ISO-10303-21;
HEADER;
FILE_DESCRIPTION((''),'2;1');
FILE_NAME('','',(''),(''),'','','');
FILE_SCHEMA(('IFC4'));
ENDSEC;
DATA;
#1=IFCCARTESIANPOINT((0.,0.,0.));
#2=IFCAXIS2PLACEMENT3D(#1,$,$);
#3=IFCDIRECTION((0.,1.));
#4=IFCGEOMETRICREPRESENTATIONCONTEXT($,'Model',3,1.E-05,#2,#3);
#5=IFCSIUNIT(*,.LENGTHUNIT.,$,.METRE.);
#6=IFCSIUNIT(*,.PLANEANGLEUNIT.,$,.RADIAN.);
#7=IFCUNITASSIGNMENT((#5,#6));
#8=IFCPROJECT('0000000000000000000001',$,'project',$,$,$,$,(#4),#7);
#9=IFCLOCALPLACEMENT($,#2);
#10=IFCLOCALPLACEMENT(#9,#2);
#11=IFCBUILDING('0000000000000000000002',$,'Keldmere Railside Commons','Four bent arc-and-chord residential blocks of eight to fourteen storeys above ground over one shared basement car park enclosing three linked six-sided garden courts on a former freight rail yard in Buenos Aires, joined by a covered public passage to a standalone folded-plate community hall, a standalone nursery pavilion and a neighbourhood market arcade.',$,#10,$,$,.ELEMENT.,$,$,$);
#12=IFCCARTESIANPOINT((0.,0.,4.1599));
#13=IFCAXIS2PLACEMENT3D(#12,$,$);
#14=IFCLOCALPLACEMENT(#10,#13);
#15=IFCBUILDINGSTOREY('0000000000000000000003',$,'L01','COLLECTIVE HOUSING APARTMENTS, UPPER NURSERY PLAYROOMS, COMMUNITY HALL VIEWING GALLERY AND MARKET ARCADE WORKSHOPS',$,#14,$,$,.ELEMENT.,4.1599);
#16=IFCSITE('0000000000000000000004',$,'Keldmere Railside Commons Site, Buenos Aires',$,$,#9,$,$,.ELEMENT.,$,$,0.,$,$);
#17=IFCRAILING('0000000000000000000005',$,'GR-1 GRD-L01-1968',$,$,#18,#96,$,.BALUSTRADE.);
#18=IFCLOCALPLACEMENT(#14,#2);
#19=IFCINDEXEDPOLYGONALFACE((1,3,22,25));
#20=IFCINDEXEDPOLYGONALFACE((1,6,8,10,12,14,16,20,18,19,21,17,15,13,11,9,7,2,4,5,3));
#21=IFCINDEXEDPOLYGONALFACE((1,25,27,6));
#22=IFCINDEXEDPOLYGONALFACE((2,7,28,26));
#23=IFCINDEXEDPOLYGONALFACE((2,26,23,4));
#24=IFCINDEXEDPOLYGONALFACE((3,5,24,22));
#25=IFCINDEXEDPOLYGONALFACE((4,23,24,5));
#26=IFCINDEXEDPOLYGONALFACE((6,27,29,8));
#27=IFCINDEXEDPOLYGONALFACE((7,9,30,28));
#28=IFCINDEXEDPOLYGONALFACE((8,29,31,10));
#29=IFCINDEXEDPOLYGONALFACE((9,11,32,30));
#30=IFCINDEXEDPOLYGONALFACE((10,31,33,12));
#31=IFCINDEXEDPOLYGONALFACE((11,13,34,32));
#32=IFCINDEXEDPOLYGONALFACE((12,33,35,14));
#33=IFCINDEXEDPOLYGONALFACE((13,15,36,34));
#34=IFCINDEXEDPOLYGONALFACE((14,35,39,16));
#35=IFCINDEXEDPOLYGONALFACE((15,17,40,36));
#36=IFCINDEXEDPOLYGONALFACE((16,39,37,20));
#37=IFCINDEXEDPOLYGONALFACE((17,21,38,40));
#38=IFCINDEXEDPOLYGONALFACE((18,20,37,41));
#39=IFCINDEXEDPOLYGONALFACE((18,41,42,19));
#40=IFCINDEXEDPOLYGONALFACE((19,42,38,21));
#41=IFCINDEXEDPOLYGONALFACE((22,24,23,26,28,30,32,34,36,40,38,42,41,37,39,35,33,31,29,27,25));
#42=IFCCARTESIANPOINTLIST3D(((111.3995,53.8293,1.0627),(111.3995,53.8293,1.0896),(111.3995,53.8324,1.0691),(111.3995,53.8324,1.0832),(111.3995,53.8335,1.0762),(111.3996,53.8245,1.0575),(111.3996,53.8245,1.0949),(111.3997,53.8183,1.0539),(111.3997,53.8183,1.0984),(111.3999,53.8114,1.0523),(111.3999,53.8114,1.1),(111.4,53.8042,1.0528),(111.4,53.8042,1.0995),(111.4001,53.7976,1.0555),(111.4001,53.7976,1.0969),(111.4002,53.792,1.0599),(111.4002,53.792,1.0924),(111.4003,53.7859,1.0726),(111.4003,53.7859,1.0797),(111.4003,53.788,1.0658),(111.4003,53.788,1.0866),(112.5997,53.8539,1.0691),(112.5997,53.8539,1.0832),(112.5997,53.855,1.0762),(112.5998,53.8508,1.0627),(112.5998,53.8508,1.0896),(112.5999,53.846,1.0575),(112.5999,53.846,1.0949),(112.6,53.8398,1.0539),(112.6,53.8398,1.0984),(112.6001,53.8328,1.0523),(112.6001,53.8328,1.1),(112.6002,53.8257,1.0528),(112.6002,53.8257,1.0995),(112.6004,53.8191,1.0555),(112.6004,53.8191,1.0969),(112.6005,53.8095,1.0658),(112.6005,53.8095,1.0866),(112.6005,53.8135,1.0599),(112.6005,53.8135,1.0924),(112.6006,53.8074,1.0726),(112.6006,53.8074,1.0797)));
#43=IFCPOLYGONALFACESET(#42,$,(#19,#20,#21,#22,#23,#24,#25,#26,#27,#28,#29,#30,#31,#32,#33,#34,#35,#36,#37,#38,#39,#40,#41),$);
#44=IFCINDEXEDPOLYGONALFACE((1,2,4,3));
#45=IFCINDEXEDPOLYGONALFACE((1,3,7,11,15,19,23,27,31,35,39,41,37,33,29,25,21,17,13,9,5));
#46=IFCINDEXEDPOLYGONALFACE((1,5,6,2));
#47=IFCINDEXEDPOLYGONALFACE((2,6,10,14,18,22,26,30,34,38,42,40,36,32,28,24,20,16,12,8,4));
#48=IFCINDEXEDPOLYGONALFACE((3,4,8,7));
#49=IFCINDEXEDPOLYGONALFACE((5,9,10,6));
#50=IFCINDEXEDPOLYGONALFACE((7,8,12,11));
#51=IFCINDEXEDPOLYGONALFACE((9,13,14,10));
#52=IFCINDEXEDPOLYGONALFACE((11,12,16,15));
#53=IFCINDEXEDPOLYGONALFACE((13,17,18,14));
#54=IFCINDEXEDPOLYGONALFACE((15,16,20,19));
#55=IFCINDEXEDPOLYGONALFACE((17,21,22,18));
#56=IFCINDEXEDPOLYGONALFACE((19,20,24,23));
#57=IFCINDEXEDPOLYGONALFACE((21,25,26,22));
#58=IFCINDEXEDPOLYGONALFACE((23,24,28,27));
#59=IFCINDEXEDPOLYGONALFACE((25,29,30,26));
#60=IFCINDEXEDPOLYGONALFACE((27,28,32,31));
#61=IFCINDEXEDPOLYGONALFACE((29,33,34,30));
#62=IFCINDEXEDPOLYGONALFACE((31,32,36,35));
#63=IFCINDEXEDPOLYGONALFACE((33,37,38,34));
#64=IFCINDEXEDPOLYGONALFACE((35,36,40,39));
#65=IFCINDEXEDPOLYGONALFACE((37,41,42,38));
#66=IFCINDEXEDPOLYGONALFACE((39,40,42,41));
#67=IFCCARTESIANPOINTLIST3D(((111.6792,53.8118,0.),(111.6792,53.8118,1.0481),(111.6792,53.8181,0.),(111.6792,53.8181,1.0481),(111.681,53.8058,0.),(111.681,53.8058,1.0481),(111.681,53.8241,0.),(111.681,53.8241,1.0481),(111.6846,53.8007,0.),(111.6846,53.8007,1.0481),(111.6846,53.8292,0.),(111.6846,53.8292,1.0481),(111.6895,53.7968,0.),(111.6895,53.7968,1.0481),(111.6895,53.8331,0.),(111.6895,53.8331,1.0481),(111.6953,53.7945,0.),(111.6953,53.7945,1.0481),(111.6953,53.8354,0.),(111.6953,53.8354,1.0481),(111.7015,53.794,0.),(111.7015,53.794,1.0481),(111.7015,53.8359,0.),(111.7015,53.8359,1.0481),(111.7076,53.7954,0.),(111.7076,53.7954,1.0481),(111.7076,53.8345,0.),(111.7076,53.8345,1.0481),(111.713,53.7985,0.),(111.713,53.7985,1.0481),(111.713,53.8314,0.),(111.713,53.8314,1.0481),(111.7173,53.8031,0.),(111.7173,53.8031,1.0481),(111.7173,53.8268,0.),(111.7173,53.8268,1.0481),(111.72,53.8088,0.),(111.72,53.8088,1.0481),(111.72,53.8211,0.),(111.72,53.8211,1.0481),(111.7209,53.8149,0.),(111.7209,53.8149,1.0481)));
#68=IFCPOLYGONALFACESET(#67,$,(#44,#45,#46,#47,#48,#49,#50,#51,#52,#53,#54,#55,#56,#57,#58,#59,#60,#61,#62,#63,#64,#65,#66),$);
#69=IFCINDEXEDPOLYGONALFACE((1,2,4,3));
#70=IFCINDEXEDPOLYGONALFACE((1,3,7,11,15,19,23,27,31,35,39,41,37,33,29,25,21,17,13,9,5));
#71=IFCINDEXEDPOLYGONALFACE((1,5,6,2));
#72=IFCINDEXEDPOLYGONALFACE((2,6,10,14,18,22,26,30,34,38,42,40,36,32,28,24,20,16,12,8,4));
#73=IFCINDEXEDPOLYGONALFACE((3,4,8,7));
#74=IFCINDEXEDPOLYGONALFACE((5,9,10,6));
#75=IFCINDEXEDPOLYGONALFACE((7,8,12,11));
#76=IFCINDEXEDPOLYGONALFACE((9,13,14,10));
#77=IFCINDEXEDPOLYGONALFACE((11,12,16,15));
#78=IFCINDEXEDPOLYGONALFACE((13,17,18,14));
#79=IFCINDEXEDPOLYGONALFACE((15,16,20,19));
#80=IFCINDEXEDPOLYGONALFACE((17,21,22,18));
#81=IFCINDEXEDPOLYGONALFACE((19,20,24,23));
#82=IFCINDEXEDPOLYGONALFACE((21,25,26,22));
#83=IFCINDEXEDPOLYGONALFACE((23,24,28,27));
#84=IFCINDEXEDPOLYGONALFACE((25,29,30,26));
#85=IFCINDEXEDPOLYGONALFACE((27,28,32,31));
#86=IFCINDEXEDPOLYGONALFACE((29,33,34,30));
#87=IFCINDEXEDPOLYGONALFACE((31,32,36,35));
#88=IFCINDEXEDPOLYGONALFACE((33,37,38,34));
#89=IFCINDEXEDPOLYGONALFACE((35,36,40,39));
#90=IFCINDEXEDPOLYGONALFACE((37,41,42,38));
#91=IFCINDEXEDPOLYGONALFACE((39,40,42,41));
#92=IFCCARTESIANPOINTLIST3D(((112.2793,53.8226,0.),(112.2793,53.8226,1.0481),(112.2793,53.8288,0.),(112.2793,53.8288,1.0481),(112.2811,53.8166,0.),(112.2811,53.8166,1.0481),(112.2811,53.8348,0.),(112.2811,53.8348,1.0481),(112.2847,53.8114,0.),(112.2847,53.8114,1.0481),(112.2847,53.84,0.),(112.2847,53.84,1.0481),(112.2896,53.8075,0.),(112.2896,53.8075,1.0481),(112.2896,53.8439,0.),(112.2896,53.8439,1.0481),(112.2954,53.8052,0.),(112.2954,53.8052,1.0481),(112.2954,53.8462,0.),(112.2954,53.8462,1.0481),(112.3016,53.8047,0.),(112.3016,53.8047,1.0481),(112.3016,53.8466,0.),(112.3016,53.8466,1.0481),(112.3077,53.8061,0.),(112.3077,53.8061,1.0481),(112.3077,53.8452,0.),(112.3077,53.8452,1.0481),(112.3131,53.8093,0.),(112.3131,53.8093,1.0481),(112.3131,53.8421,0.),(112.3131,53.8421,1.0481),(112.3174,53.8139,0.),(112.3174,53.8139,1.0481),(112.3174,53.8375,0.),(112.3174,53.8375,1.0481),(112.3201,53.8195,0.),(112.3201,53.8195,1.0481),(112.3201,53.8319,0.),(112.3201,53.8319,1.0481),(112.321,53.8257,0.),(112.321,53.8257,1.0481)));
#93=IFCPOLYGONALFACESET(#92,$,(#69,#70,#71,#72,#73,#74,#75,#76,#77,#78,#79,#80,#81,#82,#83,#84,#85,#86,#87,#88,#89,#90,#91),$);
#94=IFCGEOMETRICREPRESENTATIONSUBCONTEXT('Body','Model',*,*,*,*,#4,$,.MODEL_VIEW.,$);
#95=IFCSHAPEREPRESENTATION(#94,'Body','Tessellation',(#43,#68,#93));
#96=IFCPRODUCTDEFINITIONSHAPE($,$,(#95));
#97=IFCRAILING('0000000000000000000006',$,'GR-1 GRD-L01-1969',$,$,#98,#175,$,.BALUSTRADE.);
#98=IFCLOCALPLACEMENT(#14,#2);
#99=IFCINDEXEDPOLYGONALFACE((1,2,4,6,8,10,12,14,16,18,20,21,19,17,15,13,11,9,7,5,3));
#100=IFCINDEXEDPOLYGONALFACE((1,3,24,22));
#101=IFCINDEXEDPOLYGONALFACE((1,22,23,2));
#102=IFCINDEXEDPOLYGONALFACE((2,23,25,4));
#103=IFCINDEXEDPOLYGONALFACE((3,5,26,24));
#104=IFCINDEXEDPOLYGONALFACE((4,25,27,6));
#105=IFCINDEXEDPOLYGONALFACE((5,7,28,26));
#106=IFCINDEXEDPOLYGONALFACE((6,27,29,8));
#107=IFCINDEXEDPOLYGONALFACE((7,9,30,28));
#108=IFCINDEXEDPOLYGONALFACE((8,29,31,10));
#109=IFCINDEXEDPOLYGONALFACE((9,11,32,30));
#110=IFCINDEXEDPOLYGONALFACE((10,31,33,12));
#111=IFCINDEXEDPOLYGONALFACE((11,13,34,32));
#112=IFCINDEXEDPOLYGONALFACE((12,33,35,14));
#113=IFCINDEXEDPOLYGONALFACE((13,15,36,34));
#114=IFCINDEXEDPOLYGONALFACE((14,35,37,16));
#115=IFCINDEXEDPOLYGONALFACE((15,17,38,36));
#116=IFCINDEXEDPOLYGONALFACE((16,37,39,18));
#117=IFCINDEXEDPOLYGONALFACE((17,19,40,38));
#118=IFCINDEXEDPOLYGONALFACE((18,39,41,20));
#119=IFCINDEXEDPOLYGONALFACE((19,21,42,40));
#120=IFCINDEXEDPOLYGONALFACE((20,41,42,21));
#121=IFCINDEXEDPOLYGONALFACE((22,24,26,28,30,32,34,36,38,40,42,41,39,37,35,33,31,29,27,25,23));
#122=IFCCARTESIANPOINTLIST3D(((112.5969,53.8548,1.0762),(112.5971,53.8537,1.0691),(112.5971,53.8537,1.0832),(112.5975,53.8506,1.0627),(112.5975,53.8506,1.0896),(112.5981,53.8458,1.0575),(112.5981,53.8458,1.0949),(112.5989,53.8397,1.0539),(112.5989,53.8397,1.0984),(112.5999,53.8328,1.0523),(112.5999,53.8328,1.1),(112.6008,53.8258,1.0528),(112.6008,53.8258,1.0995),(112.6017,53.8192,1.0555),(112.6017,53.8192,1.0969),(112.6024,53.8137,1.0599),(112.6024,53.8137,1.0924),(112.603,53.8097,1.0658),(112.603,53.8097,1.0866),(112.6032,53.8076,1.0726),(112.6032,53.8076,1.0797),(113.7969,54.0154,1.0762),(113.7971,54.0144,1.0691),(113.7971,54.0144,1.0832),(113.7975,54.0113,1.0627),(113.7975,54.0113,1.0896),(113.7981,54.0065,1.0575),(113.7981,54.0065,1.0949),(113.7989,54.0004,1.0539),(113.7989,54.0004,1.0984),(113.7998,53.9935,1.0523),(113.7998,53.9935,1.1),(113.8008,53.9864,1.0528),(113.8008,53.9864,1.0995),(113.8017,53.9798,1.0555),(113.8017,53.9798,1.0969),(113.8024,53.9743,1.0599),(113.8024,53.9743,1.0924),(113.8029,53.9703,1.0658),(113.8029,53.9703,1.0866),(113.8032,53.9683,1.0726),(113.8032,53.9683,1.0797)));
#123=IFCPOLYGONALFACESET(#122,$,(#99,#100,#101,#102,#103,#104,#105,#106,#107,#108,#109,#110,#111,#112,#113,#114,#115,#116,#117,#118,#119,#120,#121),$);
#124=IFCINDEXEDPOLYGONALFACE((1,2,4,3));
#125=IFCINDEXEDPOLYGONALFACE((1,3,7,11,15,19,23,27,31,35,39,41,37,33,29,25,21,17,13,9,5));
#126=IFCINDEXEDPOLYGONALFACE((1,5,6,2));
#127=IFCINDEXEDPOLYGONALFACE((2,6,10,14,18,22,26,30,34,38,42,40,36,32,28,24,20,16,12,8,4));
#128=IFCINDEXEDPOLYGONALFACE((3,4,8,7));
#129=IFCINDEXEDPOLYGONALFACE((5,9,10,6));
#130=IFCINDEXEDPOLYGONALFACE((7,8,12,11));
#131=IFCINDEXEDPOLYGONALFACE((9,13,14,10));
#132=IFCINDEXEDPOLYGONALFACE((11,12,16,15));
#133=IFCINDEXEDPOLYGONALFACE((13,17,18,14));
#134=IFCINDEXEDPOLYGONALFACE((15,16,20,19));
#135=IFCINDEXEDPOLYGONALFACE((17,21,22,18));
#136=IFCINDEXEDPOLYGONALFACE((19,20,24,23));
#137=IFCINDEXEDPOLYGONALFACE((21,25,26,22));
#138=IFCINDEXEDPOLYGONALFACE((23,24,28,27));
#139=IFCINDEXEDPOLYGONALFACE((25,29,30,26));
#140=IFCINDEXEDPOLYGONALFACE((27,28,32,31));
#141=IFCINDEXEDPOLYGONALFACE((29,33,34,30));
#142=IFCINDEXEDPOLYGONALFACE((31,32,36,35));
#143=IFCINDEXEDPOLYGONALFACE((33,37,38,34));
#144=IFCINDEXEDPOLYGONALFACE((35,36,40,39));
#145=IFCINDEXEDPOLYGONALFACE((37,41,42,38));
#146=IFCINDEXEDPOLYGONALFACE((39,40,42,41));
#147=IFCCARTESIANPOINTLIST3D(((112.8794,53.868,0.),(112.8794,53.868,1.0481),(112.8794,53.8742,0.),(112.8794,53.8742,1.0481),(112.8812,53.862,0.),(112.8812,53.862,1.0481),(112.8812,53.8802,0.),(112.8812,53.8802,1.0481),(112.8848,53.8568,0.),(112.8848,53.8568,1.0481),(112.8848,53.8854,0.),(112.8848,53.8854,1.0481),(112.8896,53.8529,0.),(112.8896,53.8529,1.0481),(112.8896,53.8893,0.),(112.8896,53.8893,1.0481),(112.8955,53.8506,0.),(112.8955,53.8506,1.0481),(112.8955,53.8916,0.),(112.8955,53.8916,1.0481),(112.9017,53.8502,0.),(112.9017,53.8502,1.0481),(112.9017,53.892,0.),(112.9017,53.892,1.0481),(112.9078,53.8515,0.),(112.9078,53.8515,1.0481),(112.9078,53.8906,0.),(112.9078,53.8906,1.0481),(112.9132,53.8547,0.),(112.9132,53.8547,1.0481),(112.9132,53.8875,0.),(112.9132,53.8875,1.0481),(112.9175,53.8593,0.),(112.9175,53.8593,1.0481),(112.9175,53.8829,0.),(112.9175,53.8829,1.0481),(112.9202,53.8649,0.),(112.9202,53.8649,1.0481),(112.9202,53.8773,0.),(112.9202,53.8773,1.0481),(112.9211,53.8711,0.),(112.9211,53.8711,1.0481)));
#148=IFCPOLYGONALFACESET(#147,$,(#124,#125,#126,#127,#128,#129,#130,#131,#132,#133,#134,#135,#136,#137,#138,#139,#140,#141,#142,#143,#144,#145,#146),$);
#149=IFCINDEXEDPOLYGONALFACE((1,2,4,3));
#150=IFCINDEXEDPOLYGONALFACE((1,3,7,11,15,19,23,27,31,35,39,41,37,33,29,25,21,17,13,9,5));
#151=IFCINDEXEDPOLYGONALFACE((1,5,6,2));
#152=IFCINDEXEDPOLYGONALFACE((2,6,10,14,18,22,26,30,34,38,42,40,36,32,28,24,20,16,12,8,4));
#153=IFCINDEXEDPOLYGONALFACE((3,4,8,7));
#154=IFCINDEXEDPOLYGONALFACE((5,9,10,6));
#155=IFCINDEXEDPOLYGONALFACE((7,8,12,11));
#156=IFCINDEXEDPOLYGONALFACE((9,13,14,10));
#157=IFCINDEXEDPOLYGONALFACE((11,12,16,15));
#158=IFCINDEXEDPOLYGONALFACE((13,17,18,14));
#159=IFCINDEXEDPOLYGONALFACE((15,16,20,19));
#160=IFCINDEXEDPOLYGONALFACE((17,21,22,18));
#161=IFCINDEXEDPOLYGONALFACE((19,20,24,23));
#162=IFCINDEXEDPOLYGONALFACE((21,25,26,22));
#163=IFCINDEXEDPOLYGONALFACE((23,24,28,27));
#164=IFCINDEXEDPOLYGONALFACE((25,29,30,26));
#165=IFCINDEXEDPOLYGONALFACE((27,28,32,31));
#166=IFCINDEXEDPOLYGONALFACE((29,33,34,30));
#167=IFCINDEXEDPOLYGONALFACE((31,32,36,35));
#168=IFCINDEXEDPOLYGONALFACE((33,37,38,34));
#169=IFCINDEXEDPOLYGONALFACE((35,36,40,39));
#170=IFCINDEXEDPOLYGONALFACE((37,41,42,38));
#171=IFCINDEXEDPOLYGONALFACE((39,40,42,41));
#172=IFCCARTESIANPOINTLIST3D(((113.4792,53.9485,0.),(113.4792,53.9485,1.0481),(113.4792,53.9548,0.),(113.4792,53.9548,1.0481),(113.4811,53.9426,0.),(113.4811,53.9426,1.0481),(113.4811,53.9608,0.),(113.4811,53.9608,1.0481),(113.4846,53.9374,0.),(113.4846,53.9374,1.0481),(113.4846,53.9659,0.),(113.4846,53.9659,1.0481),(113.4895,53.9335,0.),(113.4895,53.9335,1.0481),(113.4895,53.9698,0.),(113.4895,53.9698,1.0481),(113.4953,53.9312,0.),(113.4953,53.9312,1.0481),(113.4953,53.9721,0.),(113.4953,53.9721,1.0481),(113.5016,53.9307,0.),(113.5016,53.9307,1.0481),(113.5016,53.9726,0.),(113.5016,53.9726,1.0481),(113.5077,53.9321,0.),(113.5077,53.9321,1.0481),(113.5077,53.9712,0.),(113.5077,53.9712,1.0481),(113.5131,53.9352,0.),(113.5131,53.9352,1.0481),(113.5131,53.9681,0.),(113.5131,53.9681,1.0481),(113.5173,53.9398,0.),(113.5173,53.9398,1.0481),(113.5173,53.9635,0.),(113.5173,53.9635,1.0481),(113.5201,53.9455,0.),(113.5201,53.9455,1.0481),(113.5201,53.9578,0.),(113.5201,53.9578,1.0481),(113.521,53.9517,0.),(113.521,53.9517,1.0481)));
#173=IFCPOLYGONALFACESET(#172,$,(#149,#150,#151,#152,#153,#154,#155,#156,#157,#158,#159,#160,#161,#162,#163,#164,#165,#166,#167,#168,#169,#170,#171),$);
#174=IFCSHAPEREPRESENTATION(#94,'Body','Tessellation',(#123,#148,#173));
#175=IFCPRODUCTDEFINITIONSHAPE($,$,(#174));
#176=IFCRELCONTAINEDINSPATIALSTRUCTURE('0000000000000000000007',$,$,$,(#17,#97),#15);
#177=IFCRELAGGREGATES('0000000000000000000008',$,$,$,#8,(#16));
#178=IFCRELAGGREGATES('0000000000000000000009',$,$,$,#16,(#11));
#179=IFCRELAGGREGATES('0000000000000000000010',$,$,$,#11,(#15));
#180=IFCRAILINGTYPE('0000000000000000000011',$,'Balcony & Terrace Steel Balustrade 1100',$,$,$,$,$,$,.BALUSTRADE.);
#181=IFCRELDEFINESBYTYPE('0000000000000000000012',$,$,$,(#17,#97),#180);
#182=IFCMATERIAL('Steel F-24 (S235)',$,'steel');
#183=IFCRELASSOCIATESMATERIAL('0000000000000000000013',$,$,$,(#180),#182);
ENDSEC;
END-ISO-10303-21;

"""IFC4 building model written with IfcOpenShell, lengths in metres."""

from ifc_helpers import new_model, si_unit, direction, frame, origin, origin_2d, place, context, subcontext, project, spatial, circle, extrude, material, type_object, element, save


model = new_model("IFC4")

# Units and contexts
model_context = context("Model", 3, precision=1e-05, world=origin(), true_north=direction((0.0, 1.0)))
body_context = subcontext(model_context, "Body", "Model", "MODEL_VIEW")
ifc_project = project(units=[si_unit("LENGTHUNIT", "METRE"), si_unit("PLANEANGLEUNIT", "RADIAN")], contexts=[model_context])

# Site, building, storey
site_placement = place(None, origin())
site = spatial("IfcSite", under=ifc_project, at=site_placement, Name="Keldmere Railside Commons Site, Buenos Aires", CompositionType="ELEMENT", RefElevation=0.0)
building_placement = place(site_placement, origin())
building = spatial("IfcBuilding", under=site, at=building_placement, Name="Keldmere Railside Commons", Description="Four bent arc-and-chord residential blocks of eight to fourteen storeys above ground over one shared basement car park enclosing three linked six-sided garden courts on a former freight rail yard in Buenos Aires, joined by a covered public passage to a standalone folded-plate community hall, a standalone nursery pavilion and a neighbourhood market arcade.", CompositionType="ELEMENT")
storey_placement = place(building_placement, frame((0.0, 0.0, 4.1599)))
storey = spatial("IfcBuildingStorey", under=building, at=storey_placement, Name="L01", Description="COLLECTIVE HOUSING APARTMENTS, UPPER NURSERY PLAYROOMS, COMMUNITY HALL VIEWING GALLERY AND MARKET ARCADE WORKSHOPS", CompositionType="ELEMENT", Elevation=4.1599)

# Shared definitions
ifc_material_1 = material(Name="Steel F-24 (S235)", Category="steel")

# Railings
railing_type = type_object("IfcRailingType", Name="Balcony & Terrace Steel Balustrade 1100", PredefinedType="BALUSTRADE", material=ifc_material_1)
railing_1_placement = place(storey_placement, frame((111.3999, 53.8096, 0.0)))
element("IfcRailing", 1, at=railing_1_placement, inside=storey, type_object=railing_type, Name="GR-1 GRD-L01-1968", PredefinedType="BALUSTRADE", context=body_context, shape_type="SweptSolid", body=[
    extrude(circle(Radius=0.0239, at=origin_2d()), frame((0.0, 0.0, 1.0762), z_axis=(0.99984, 0.017898, 0.0), x_axis=(-0.017898, 0.99984, 0.0)), (0.0, 0.0, 1.0), 1.2004),
    extrude(circle(Radius=0.021, at=origin_2d()), frame((0.3, 0.0054, 0.0)), (0.0, 0.0, 1.0), 1.0481),
    extrude(circle(Radius=0.021, at=origin_2d()), frame((0.9001, 0.0161, 0.0)), (0.0, 0.0, 1.0), 1.0481),
])
railing_2_placement = place(storey_placement, frame((112.6001, 53.8311, 0.0)))
element("IfcRailing", 2, at=railing_2_placement, inside=storey, type_object=railing_type, Name="GR-1 GRD-L01-1969", PredefinedType="BALUSTRADE", context=body_context, shape_type="SweptSolid", body=[
    extrude(circle(Radius=0.0239, at=origin_2d()), frame((0.0, 0.0, 1.0762), z_axis=(0.991157, 0.132692, 0.0), x_axis=(-0.132692, 0.991157, 0.0)), (0.0, 0.0, 1.0), 1.2107),
    extrude(circle(Radius=0.021, at=origin_2d()), frame((0.3, 0.04, 0.0)), (0.0, 0.0, 1.0), 1.0481),
    extrude(circle(Radius=0.021, at=origin_2d()), frame((0.8999, 0.1206, 0.0)), (0.0, 0.0, 1.0), 1.0481),
])

save(model, "model.ifc")
